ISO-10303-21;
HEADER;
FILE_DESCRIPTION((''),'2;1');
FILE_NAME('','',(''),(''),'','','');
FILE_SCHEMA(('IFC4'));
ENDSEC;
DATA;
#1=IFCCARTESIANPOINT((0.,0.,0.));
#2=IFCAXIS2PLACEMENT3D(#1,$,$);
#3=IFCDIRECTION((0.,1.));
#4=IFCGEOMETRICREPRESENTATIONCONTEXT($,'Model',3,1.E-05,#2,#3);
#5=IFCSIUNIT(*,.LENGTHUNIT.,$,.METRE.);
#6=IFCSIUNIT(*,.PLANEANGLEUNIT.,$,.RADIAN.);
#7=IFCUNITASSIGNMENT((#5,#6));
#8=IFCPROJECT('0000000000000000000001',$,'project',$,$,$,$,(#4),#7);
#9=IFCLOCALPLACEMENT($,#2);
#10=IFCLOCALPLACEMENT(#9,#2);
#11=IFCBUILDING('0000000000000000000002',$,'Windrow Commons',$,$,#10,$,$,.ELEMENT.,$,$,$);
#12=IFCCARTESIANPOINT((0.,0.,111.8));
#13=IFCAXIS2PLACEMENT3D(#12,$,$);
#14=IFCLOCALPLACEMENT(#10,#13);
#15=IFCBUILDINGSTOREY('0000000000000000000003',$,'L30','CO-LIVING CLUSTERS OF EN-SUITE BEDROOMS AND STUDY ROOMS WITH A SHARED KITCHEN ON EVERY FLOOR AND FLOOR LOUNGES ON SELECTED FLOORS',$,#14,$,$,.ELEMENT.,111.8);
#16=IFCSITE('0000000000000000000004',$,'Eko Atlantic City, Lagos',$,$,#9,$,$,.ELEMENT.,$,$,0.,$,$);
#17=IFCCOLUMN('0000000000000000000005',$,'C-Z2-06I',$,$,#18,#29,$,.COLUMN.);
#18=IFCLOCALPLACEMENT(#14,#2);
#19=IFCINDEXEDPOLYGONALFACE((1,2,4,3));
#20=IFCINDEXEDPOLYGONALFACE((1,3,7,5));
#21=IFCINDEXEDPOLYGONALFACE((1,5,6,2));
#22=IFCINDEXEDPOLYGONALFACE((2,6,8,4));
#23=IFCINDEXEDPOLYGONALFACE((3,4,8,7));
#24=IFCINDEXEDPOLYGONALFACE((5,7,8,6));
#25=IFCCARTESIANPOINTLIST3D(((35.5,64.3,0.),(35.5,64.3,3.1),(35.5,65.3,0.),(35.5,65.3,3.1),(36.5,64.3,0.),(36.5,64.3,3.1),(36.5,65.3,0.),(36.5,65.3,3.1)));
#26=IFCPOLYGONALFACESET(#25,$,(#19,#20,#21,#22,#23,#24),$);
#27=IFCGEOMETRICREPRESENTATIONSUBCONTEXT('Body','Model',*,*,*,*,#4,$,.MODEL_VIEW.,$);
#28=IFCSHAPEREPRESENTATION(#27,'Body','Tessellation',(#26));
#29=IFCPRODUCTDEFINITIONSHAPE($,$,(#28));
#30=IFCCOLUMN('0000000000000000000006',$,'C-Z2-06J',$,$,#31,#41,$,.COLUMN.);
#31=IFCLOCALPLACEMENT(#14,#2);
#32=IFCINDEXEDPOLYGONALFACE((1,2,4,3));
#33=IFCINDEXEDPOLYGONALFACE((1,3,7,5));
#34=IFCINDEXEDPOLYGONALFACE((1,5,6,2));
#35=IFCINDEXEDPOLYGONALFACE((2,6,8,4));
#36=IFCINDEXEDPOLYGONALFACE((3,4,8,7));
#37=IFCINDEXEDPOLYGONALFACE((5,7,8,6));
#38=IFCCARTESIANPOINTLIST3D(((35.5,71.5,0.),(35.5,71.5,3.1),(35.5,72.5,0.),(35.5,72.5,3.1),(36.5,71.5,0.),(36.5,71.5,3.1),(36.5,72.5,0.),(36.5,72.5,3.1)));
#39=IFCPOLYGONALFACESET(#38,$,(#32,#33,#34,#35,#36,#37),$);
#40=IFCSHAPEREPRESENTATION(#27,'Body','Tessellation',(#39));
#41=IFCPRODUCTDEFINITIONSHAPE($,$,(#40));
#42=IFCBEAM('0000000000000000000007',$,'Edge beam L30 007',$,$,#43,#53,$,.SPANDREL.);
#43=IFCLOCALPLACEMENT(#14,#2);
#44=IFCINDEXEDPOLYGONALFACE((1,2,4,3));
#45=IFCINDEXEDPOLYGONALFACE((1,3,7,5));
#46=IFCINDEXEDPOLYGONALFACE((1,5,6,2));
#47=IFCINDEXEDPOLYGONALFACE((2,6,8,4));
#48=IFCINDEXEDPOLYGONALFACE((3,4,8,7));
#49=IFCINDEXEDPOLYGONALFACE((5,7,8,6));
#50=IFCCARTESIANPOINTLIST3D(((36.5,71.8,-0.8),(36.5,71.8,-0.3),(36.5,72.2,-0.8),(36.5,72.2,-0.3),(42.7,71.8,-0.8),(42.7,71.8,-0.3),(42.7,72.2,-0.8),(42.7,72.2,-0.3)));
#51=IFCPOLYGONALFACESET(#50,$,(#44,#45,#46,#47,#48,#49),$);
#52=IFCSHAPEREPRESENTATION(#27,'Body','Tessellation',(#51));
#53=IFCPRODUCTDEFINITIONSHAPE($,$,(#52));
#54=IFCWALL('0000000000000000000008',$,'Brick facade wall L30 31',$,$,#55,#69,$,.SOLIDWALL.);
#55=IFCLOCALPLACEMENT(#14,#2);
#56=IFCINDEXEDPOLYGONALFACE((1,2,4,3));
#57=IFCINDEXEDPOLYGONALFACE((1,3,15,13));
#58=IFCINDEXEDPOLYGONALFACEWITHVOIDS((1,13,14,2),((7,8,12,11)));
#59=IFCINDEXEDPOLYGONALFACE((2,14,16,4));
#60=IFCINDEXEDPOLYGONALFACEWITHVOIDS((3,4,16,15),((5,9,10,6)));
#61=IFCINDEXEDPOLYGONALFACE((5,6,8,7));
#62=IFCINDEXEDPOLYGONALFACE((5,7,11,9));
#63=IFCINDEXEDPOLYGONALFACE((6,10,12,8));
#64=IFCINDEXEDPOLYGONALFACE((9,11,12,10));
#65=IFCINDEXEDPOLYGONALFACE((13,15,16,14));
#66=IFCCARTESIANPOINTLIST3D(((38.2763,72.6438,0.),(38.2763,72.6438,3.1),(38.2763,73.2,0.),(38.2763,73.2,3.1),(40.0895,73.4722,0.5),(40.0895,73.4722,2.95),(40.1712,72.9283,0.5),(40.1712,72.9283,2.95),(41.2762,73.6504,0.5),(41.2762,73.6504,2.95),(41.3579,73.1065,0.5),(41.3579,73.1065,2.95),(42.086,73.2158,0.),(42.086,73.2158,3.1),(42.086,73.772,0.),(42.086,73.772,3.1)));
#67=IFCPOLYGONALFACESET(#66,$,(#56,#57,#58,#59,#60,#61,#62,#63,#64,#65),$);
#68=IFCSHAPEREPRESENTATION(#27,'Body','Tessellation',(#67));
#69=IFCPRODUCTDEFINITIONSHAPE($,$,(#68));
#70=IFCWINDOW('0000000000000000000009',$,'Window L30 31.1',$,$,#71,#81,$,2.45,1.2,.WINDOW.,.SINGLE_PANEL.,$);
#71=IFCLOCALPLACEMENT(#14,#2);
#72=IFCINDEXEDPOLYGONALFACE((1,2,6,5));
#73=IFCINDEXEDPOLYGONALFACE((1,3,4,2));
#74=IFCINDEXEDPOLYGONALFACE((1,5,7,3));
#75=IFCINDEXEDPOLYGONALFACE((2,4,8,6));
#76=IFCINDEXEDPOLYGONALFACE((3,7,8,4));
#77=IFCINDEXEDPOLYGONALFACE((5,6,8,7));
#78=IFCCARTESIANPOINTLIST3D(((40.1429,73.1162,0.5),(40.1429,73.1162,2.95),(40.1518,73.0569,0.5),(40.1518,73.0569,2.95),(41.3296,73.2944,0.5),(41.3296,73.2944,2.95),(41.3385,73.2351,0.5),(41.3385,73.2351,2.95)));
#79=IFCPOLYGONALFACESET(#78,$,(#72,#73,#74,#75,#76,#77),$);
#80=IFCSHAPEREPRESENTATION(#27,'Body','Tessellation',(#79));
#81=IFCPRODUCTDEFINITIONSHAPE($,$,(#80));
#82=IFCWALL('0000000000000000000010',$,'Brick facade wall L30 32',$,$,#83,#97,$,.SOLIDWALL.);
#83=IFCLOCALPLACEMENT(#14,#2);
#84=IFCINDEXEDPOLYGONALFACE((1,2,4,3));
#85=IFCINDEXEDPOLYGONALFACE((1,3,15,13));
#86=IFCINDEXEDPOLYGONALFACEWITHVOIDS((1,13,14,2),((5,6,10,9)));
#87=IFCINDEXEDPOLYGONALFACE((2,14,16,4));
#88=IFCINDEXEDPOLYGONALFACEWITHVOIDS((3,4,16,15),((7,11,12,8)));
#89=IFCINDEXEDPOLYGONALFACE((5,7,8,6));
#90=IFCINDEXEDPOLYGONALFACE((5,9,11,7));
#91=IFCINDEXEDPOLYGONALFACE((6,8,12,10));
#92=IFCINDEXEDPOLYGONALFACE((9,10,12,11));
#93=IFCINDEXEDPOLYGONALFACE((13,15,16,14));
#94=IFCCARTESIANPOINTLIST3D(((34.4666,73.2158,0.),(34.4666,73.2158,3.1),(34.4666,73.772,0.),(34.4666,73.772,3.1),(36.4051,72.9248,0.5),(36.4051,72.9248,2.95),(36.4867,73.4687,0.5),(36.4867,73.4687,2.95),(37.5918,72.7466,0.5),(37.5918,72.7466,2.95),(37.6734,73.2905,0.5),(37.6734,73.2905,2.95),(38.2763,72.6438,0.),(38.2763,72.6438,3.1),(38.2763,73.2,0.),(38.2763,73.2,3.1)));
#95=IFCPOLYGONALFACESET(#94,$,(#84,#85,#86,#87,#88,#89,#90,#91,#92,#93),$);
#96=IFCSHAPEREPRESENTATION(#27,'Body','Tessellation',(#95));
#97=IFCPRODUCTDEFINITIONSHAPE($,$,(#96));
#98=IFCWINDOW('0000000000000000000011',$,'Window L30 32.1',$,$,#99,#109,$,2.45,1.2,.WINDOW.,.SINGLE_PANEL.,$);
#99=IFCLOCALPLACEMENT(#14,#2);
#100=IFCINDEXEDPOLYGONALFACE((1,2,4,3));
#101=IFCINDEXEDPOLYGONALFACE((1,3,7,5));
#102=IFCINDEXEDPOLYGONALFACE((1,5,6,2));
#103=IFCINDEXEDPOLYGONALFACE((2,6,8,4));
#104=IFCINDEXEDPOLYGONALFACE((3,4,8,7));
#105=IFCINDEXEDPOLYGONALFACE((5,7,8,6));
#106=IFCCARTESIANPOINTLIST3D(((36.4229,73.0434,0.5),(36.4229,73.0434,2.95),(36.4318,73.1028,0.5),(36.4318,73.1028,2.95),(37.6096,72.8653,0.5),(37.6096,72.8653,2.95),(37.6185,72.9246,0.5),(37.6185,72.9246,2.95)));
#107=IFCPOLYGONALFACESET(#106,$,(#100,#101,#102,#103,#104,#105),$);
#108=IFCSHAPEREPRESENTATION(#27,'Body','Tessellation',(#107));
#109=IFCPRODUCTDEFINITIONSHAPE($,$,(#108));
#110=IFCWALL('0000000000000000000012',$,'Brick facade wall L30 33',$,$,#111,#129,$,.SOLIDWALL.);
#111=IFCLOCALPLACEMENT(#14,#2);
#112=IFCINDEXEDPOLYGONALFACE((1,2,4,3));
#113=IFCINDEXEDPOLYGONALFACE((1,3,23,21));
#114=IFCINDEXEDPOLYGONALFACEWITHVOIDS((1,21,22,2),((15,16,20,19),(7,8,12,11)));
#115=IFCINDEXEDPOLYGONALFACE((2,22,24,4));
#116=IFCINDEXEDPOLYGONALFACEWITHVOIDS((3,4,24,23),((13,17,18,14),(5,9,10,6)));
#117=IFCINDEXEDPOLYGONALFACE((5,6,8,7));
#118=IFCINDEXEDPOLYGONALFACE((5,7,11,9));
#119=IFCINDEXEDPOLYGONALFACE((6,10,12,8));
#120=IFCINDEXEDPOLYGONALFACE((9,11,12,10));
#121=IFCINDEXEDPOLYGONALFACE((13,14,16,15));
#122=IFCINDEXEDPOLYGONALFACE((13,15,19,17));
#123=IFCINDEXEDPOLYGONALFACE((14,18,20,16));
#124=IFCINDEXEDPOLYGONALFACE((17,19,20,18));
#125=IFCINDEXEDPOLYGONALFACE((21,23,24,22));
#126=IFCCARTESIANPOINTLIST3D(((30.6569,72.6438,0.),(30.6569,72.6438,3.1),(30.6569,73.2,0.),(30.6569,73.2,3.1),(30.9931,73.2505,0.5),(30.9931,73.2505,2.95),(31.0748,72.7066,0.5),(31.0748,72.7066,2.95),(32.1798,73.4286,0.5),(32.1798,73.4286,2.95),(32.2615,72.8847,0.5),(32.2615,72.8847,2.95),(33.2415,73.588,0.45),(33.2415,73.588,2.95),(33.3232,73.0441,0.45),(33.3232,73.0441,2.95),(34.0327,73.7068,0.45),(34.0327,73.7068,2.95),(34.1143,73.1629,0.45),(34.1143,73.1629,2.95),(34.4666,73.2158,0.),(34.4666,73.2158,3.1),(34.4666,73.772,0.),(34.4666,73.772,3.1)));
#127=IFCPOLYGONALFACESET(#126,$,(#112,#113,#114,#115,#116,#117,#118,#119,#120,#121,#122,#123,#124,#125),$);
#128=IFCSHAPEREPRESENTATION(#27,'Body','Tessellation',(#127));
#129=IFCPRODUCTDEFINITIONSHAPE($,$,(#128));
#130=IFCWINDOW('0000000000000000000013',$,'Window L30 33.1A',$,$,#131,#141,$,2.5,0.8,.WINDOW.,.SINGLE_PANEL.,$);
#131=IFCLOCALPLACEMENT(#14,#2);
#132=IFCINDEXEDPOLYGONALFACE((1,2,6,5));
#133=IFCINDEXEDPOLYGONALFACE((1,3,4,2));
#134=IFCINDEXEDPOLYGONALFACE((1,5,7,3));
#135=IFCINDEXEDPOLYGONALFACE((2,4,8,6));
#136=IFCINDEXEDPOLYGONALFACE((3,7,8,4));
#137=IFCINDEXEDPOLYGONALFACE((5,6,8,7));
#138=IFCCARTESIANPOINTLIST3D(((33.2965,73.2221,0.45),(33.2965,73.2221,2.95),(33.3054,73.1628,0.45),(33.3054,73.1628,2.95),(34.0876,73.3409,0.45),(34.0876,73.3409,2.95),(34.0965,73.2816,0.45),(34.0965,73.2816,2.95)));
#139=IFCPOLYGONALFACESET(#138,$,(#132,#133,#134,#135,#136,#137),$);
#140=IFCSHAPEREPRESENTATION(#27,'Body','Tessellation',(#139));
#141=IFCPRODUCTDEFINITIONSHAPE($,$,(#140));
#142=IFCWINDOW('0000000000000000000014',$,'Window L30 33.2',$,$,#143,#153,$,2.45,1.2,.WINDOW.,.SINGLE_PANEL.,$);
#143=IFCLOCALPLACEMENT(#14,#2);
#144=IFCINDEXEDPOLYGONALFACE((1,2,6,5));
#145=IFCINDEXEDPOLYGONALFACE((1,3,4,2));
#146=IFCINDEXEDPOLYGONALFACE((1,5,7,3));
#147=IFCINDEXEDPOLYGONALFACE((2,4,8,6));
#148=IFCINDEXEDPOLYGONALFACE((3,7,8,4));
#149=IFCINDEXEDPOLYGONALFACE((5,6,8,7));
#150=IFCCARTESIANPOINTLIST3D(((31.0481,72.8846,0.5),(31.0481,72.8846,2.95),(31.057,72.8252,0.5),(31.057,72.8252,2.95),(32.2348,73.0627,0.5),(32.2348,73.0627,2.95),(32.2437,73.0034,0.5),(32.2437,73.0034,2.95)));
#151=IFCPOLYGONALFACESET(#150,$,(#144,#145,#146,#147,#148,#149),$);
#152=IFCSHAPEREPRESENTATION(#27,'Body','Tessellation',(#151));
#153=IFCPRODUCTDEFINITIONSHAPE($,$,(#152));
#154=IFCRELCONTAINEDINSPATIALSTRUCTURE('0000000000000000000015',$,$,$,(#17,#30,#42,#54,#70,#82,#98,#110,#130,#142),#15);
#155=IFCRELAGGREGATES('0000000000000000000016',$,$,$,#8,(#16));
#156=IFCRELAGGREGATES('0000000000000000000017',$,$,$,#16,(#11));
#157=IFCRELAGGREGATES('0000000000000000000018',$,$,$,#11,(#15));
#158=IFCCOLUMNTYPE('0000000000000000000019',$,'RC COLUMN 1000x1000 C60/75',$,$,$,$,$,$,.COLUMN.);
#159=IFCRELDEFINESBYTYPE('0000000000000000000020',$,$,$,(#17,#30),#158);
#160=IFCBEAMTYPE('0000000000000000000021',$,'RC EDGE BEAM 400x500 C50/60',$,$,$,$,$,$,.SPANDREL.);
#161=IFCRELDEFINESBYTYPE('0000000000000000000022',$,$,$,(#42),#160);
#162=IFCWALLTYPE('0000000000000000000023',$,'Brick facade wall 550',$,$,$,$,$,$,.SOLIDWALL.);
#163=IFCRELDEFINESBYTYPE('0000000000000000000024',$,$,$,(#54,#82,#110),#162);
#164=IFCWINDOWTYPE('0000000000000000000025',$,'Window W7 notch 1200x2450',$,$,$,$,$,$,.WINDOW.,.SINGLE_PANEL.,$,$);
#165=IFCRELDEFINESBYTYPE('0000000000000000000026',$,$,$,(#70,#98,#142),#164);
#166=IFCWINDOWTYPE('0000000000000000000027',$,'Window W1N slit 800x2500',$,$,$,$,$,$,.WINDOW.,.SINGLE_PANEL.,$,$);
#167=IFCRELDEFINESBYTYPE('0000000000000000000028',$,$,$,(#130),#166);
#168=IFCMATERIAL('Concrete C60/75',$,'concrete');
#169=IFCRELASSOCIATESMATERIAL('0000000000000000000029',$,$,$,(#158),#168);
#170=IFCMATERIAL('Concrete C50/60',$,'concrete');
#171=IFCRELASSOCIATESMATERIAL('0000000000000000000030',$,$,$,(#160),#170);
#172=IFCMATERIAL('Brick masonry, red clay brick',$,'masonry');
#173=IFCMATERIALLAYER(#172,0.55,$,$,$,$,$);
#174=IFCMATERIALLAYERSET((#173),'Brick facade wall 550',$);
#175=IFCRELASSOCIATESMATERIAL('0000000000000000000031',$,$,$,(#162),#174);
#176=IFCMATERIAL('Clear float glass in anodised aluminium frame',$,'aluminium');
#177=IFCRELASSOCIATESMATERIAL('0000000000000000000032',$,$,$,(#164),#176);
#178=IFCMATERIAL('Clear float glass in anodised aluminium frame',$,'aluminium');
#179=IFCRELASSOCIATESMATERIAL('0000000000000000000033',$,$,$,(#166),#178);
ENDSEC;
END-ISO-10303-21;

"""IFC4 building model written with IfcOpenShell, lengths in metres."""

from ifc_helpers import new_model, si_unit, direction, frame, frame_2d, origin, origin_2d, place, context, subcontext, project, spatial, polyline, rectangle, outline, extrude, material, layer, layer_set, material_profile, profile_set, type_object, element, fill, save


model = new_model("IFC4")

# Units and contexts
model_context = context("Model", 3, precision=1e-05, world=origin(), true_north=direction((0.0, 1.0)))
body_context = subcontext(model_context, "Body", "Model", "MODEL_VIEW")
ifc_project = project(units=[si_unit("LENGTHUNIT", "METRE"), si_unit("PLANEANGLEUNIT", "RADIAN")], contexts=[model_context])

# Site, building, storey
site_placement = place(None, origin())
site = spatial("IfcSite", under=ifc_project, at=site_placement, Name="Eko Atlantic City, Lagos", CompositionType="ELEMENT", RefElevation=0.0)
building_placement = place(site_placement, origin())
building = spatial("IfcBuilding", under=site, at=building_placement, Name="Windrow Commons", CompositionType="ELEMENT")
storey_placement = place(building_placement, frame((0.0, 0.0, 111.8)))
storey = spatial("IfcBuildingStorey", under=building, at=storey_placement, Name="L30", Description="CO-LIVING CLUSTERS OF EN-SUITE BEDROOMS AND STUDY ROOMS WITH A SHARED KITCHEN ON EVERY FLOOR AND FLOOR LOUNGES ON SELECTED FLOORS", CompositionType="ELEMENT", Elevation=111.8)

# Columns
ifc_material_1 = material(Name="Concrete C60/75", Category="concrete")
ifc_material_profile_1 = material_profile(ifc_material_1, rectangle(XDim=1.0, YDim=1.0, at=origin_2d()))
ifc_profile_set_1 = profile_set([ifc_material_profile_1], Name="Concrete C60/75")
column_type = type_object("IfcColumnType", Name="RC COLUMN 1000x1000 C60/75", PredefinedType="COLUMN", material=ifc_profile_set_1)
for number, where, z_axis, x_axis, name in (
    (1, (36.0, 64.8, 0.0), (0.0, 0.0, 1.0), (1.0, 0.0, 0.0), "C-Z2-06I"),
    (2, (36.0, 72.0, 0.0), (0.0, 0.0, 1.0), (1.0, 0.0, 0.0), "C-Z2-06J"),
):
    element("IfcColumn", number, at=place(storey_placement, frame(where, z_axis=z_axis, x_axis=x_axis)), inside=storey, type_object=column_type, Name=name, PredefinedType="COLUMN", context=body_context, shape_type="SweptSolid", body=[
        extrude(rectangle(XDim=1.0, YDim=1.0, at=origin_2d()), origin(), (0.0, 0.0, 1.0), 3.1),
    ])

# Beam
ifc_material_2 = material(Name="Concrete C50/60", Category="concrete")
ifc_material_profile_2 = material_profile(ifc_material_2, rectangle(XDim=0.4, YDim=0.5, at=origin_2d()))
ifc_profile_set_2 = profile_set([ifc_material_profile_2], Name="Concrete C50/60")
beam_type = type_object("IfcBeamType", Name="RC EDGE BEAM 400x500 C50/60", PredefinedType="SPANDREL", material=ifc_profile_set_2)
beam_placement = place(storey_placement, frame((36.5, 72.0, -0.55), z_axis=(1.0, 0.0, 0.0), x_axis=(0.0, 1.0, 0.0)))
element("IfcBeam", 3, at=beam_placement, inside=storey, type_object=beam_type, Name="Edge beam L30 007", PredefinedType="SPANDREL", context=body_context, shape_type="SweptSolid", body=[
    extrude(rectangle(XDim=0.4, YDim=0.5, at=origin_2d()), origin(), (0.0, 0.0, 1.0), 6.2),
])

# Walls, openings, windows
ifc_material_3 = material(Name="Brick masonry, red clay brick", Category="masonry")
ifc_layer_1 = layer(ifc_material_3, 0.55)
ifc_layer_set_1 = layer_set([ifc_layer_1], Name="Brick facade wall 550")
wall_type_1 = type_object("IfcWallType", Name="Brick facade wall 550", PredefinedType="SOLIDWALL", material=ifc_layer_set_1)
wall_1_placement = place(storey_placement, frame((42.086, 73.4939, 0.0), z_axis=(0.0, 0.0, 1.0), x_axis=(-0.988916, -0.148479, 0.0)))
wall_1 = element("IfcWall", 4, at=wall_1_placement, inside=storey, type_object=wall_type_1, Name="Brick facade wall L30 31", PredefinedType="SOLIDWALL", context=body_context, shape_type="SweptSolid", body=[
    extrude(outline(polyline([(-0.0413, -0.275), (3.8111, -0.275), (3.8937, 0.275), (0.0413, 0.275), (-0.0413, -0.275)])), origin(), (0.0, 0.0, 1.0), 3.1),
])
opening_1_placement = place(wall_1_placement, frame((0.7776, 0.0, 0.5)))
opening_1 = element("IfcOpeningElement", 5, at=opening_1_placement, cuts=wall_1, PredefinedType="OPENING", context=body_context, shape_type="SweptSolid", body=[
    extrude(rectangle(XDim=1.2, YDim=2.45, at=frame_2d((0.6, 1.225))), frame((0.0, 0.285, 0.0), z_axis=(0.0, -1.0, 0.0), x_axis=(1.0, 0.0, 0.0)), (0.0, 0.0, 1.0), 0.57),
])
ifc_material_4 = material(Name="Clear float glass in anodised aluminium frame", Category="aluminium")
window_type_1 = type_object("IfcWindowType", Name="Window W7 notch 1200x2450", PartitioningType="SINGLE_PANEL", PredefinedType="WINDOW", material=ifc_material_4)
window_1_placement = place(opening_1_placement, origin())
window_1 = element("IfcWindow", 6, at=window_1_placement, inside=storey, type_object=window_type_1, Name="Window L30 31.1", OverallHeight=2.45, OverallWidth=1.2, PartitioningType="SINGLE_PANEL", PredefinedType="WINDOW", context=body_context, shape_type="SweptSolid", body=[
    extrude(rectangle(XDim=1.2, YDim=2.45, at=frame_2d((0.6, 1.225))), frame((0.0, 0.145, 0.0), z_axis=(0.0, -1.0, 0.0), x_axis=(1.0, 0.0, 0.0)), (0.0, 0.0, 1.0), 0.06),
])
fill(opening_1, window_1)
wall_2_placement = place(storey_placement, frame((38.2763, 72.9219, 0.0), z_axis=(0.0, 0.0, 1.0), x_axis=(-0.988916, 0.148479, 0.0)))
wall_2 = element("IfcWall", 7, at=wall_2_placement, inside=storey, type_object=wall_type_1, Name="Brick facade wall L30 32", PredefinedType="SOLIDWALL", context=body_context, shape_type="SweptSolid", body=[
    extrude(outline(polyline([(0.0413, -0.275), (3.8937, -0.275), (3.8111, 0.275), (-0.0413, 0.275), (0.0413, -0.275)])), origin(), (0.0, 0.0, 1.0), 3.1),
])
opening_2_placement = place(wall_2_placement, frame((0.6509, 0.0, 0.5)))
opening_2 = element("IfcOpeningElement", 8, at=opening_2_placement, cuts=wall_2, PredefinedType="OPENING", context=body_context, shape_type="SweptSolid", body=[
    extrude(rectangle(XDim=1.2, YDim=2.45, at=frame_2d((0.6, 1.225))), frame((0.0, 0.285, 0.0), z_axis=(0.0, -1.0, 0.0), x_axis=(1.0, 0.0, 0.0)), (0.0, 0.0, 1.0), 0.57),
])
window_2_placement = place(opening_2_placement, origin())
window_2 = element("IfcWindow", 9, at=window_2_placement, inside=storey, type_object=window_type_1, Name="Window L30 32.1", OverallHeight=2.45, OverallWidth=1.2, PartitioningType="SINGLE_PANEL", PredefinedType="WINDOW", context=body_context, shape_type="SweptSolid", body=[
    extrude(rectangle(XDim=1.2, YDim=2.45, at=frame_2d((0.6, 1.225))), frame((0.0, 0.155, 0.0), z_axis=(0.0, -1.0, 0.0), x_axis=(1.0, 0.0, 0.0)), (0.0, 0.0, 1.0), 0.06),
])
fill(opening_2, window_2)

# Wall, openings, windows
wall_3_placement = place(storey_placement, frame((34.4666, 73.4939, 0.0), z_axis=(0.0, 0.0, 1.0), x_axis=(-0.988915, -0.148483, 0.0)))
wall_3 = element("IfcWall", 10, at=wall_3_placement, inside=storey, type_object=wall_type_1, Name="Brick facade wall L30 33", PredefinedType="SOLIDWALL", context=body_context, shape_type="SweptSolid", body=[
    extrude(outline(polyline([(-0.0413, -0.275), (3.8111, -0.275), (3.8937, 0.275), (0.0413, 0.275), (-0.0413, -0.275)])), origin(), (0.0, 0.0, 1.0), 3.1),
])
opening_3_placement = place(wall_3_placement, frame((2.2711, 0.0, 0.5)))
opening_3 = element("IfcOpeningElement", 11, at=opening_3_placement, cuts=wall_3, PredefinedType="OPENING", context=body_context, shape_type="SweptSolid", body=[
    extrude(rectangle(XDim=1.2, YDim=2.45, at=frame_2d((0.6, 1.225))), frame((0.0, 0.285, 0.0), z_axis=(0.0, -1.0, 0.0), x_axis=(1.0, 0.0, 0.0)), (0.0, 0.0, 1.0), 0.57),
])
opening_4_placement = place(wall_3_placement, frame((0.3975, 0.0, 0.45)))
opening_4 = element("IfcOpeningElement", 12, at=opening_4_placement, cuts=wall_3, PredefinedType="OPENING", context=body_context, shape_type="SweptSolid", body=[
    extrude(rectangle(XDim=0.8, YDim=2.5, at=frame_2d((0.4, 1.25))), frame((0.0, 0.285, 0.0), z_axis=(0.0, -1.0, 0.0), x_axis=(1.0, 0.0, 0.0)), (0.0, 0.0, 1.0), 0.57),
])
ifc_material_5 = material(Name="Clear float glass in anodised aluminium frame", Category="aluminium")
window_type_2 = type_object("IfcWindowType", Name="Window W1N slit 800x2500", PartitioningType="SINGLE_PANEL", PredefinedType="WINDOW", material=ifc_material_5)
window_3_placement = place(opening_4_placement, origin())
window_3 = element("IfcWindow", 13, at=window_3_placement, inside=storey, type_object=window_type_2, Name="Window L30 33.1A", OverallHeight=2.5, OverallWidth=0.8, PartitioningType="SINGLE_PANEL", PredefinedType="WINDOW", context=body_context, shape_type="SweptSolid", body=[
    extrude(rectangle(XDim=0.8, YDim=2.5, at=frame_2d((0.4, 1.25))), frame((0.0, 0.155, 0.0), z_axis=(0.0, -1.0, 0.0), x_axis=(1.0, 0.0, 0.0)), (0.0, 0.0, 1.0), 0.06),
])
fill(opening_4, window_3)
window_4_placement = place(opening_3_placement, origin())
window_4 = element("IfcWindow", 14, at=window_4_placement, inside=storey, type_object=window_type_1, Name="Window L30 33.2", OverallHeight=2.45, OverallWidth=1.2, PartitioningType="SINGLE_PANEL", PredefinedType="WINDOW", context=body_context, shape_type="SweptSolid", body=[
    extrude(rectangle(XDim=1.2, YDim=2.45, at=frame_2d((0.6, 1.225))), frame((0.0, 0.155, 0.0), z_axis=(0.0, -1.0, 0.0), x_axis=(1.0, 0.0, 0.0)), (0.0, 0.0, 1.0), 0.06),
])
fill(opening_3, window_4)

save(model, "model.ifc")
